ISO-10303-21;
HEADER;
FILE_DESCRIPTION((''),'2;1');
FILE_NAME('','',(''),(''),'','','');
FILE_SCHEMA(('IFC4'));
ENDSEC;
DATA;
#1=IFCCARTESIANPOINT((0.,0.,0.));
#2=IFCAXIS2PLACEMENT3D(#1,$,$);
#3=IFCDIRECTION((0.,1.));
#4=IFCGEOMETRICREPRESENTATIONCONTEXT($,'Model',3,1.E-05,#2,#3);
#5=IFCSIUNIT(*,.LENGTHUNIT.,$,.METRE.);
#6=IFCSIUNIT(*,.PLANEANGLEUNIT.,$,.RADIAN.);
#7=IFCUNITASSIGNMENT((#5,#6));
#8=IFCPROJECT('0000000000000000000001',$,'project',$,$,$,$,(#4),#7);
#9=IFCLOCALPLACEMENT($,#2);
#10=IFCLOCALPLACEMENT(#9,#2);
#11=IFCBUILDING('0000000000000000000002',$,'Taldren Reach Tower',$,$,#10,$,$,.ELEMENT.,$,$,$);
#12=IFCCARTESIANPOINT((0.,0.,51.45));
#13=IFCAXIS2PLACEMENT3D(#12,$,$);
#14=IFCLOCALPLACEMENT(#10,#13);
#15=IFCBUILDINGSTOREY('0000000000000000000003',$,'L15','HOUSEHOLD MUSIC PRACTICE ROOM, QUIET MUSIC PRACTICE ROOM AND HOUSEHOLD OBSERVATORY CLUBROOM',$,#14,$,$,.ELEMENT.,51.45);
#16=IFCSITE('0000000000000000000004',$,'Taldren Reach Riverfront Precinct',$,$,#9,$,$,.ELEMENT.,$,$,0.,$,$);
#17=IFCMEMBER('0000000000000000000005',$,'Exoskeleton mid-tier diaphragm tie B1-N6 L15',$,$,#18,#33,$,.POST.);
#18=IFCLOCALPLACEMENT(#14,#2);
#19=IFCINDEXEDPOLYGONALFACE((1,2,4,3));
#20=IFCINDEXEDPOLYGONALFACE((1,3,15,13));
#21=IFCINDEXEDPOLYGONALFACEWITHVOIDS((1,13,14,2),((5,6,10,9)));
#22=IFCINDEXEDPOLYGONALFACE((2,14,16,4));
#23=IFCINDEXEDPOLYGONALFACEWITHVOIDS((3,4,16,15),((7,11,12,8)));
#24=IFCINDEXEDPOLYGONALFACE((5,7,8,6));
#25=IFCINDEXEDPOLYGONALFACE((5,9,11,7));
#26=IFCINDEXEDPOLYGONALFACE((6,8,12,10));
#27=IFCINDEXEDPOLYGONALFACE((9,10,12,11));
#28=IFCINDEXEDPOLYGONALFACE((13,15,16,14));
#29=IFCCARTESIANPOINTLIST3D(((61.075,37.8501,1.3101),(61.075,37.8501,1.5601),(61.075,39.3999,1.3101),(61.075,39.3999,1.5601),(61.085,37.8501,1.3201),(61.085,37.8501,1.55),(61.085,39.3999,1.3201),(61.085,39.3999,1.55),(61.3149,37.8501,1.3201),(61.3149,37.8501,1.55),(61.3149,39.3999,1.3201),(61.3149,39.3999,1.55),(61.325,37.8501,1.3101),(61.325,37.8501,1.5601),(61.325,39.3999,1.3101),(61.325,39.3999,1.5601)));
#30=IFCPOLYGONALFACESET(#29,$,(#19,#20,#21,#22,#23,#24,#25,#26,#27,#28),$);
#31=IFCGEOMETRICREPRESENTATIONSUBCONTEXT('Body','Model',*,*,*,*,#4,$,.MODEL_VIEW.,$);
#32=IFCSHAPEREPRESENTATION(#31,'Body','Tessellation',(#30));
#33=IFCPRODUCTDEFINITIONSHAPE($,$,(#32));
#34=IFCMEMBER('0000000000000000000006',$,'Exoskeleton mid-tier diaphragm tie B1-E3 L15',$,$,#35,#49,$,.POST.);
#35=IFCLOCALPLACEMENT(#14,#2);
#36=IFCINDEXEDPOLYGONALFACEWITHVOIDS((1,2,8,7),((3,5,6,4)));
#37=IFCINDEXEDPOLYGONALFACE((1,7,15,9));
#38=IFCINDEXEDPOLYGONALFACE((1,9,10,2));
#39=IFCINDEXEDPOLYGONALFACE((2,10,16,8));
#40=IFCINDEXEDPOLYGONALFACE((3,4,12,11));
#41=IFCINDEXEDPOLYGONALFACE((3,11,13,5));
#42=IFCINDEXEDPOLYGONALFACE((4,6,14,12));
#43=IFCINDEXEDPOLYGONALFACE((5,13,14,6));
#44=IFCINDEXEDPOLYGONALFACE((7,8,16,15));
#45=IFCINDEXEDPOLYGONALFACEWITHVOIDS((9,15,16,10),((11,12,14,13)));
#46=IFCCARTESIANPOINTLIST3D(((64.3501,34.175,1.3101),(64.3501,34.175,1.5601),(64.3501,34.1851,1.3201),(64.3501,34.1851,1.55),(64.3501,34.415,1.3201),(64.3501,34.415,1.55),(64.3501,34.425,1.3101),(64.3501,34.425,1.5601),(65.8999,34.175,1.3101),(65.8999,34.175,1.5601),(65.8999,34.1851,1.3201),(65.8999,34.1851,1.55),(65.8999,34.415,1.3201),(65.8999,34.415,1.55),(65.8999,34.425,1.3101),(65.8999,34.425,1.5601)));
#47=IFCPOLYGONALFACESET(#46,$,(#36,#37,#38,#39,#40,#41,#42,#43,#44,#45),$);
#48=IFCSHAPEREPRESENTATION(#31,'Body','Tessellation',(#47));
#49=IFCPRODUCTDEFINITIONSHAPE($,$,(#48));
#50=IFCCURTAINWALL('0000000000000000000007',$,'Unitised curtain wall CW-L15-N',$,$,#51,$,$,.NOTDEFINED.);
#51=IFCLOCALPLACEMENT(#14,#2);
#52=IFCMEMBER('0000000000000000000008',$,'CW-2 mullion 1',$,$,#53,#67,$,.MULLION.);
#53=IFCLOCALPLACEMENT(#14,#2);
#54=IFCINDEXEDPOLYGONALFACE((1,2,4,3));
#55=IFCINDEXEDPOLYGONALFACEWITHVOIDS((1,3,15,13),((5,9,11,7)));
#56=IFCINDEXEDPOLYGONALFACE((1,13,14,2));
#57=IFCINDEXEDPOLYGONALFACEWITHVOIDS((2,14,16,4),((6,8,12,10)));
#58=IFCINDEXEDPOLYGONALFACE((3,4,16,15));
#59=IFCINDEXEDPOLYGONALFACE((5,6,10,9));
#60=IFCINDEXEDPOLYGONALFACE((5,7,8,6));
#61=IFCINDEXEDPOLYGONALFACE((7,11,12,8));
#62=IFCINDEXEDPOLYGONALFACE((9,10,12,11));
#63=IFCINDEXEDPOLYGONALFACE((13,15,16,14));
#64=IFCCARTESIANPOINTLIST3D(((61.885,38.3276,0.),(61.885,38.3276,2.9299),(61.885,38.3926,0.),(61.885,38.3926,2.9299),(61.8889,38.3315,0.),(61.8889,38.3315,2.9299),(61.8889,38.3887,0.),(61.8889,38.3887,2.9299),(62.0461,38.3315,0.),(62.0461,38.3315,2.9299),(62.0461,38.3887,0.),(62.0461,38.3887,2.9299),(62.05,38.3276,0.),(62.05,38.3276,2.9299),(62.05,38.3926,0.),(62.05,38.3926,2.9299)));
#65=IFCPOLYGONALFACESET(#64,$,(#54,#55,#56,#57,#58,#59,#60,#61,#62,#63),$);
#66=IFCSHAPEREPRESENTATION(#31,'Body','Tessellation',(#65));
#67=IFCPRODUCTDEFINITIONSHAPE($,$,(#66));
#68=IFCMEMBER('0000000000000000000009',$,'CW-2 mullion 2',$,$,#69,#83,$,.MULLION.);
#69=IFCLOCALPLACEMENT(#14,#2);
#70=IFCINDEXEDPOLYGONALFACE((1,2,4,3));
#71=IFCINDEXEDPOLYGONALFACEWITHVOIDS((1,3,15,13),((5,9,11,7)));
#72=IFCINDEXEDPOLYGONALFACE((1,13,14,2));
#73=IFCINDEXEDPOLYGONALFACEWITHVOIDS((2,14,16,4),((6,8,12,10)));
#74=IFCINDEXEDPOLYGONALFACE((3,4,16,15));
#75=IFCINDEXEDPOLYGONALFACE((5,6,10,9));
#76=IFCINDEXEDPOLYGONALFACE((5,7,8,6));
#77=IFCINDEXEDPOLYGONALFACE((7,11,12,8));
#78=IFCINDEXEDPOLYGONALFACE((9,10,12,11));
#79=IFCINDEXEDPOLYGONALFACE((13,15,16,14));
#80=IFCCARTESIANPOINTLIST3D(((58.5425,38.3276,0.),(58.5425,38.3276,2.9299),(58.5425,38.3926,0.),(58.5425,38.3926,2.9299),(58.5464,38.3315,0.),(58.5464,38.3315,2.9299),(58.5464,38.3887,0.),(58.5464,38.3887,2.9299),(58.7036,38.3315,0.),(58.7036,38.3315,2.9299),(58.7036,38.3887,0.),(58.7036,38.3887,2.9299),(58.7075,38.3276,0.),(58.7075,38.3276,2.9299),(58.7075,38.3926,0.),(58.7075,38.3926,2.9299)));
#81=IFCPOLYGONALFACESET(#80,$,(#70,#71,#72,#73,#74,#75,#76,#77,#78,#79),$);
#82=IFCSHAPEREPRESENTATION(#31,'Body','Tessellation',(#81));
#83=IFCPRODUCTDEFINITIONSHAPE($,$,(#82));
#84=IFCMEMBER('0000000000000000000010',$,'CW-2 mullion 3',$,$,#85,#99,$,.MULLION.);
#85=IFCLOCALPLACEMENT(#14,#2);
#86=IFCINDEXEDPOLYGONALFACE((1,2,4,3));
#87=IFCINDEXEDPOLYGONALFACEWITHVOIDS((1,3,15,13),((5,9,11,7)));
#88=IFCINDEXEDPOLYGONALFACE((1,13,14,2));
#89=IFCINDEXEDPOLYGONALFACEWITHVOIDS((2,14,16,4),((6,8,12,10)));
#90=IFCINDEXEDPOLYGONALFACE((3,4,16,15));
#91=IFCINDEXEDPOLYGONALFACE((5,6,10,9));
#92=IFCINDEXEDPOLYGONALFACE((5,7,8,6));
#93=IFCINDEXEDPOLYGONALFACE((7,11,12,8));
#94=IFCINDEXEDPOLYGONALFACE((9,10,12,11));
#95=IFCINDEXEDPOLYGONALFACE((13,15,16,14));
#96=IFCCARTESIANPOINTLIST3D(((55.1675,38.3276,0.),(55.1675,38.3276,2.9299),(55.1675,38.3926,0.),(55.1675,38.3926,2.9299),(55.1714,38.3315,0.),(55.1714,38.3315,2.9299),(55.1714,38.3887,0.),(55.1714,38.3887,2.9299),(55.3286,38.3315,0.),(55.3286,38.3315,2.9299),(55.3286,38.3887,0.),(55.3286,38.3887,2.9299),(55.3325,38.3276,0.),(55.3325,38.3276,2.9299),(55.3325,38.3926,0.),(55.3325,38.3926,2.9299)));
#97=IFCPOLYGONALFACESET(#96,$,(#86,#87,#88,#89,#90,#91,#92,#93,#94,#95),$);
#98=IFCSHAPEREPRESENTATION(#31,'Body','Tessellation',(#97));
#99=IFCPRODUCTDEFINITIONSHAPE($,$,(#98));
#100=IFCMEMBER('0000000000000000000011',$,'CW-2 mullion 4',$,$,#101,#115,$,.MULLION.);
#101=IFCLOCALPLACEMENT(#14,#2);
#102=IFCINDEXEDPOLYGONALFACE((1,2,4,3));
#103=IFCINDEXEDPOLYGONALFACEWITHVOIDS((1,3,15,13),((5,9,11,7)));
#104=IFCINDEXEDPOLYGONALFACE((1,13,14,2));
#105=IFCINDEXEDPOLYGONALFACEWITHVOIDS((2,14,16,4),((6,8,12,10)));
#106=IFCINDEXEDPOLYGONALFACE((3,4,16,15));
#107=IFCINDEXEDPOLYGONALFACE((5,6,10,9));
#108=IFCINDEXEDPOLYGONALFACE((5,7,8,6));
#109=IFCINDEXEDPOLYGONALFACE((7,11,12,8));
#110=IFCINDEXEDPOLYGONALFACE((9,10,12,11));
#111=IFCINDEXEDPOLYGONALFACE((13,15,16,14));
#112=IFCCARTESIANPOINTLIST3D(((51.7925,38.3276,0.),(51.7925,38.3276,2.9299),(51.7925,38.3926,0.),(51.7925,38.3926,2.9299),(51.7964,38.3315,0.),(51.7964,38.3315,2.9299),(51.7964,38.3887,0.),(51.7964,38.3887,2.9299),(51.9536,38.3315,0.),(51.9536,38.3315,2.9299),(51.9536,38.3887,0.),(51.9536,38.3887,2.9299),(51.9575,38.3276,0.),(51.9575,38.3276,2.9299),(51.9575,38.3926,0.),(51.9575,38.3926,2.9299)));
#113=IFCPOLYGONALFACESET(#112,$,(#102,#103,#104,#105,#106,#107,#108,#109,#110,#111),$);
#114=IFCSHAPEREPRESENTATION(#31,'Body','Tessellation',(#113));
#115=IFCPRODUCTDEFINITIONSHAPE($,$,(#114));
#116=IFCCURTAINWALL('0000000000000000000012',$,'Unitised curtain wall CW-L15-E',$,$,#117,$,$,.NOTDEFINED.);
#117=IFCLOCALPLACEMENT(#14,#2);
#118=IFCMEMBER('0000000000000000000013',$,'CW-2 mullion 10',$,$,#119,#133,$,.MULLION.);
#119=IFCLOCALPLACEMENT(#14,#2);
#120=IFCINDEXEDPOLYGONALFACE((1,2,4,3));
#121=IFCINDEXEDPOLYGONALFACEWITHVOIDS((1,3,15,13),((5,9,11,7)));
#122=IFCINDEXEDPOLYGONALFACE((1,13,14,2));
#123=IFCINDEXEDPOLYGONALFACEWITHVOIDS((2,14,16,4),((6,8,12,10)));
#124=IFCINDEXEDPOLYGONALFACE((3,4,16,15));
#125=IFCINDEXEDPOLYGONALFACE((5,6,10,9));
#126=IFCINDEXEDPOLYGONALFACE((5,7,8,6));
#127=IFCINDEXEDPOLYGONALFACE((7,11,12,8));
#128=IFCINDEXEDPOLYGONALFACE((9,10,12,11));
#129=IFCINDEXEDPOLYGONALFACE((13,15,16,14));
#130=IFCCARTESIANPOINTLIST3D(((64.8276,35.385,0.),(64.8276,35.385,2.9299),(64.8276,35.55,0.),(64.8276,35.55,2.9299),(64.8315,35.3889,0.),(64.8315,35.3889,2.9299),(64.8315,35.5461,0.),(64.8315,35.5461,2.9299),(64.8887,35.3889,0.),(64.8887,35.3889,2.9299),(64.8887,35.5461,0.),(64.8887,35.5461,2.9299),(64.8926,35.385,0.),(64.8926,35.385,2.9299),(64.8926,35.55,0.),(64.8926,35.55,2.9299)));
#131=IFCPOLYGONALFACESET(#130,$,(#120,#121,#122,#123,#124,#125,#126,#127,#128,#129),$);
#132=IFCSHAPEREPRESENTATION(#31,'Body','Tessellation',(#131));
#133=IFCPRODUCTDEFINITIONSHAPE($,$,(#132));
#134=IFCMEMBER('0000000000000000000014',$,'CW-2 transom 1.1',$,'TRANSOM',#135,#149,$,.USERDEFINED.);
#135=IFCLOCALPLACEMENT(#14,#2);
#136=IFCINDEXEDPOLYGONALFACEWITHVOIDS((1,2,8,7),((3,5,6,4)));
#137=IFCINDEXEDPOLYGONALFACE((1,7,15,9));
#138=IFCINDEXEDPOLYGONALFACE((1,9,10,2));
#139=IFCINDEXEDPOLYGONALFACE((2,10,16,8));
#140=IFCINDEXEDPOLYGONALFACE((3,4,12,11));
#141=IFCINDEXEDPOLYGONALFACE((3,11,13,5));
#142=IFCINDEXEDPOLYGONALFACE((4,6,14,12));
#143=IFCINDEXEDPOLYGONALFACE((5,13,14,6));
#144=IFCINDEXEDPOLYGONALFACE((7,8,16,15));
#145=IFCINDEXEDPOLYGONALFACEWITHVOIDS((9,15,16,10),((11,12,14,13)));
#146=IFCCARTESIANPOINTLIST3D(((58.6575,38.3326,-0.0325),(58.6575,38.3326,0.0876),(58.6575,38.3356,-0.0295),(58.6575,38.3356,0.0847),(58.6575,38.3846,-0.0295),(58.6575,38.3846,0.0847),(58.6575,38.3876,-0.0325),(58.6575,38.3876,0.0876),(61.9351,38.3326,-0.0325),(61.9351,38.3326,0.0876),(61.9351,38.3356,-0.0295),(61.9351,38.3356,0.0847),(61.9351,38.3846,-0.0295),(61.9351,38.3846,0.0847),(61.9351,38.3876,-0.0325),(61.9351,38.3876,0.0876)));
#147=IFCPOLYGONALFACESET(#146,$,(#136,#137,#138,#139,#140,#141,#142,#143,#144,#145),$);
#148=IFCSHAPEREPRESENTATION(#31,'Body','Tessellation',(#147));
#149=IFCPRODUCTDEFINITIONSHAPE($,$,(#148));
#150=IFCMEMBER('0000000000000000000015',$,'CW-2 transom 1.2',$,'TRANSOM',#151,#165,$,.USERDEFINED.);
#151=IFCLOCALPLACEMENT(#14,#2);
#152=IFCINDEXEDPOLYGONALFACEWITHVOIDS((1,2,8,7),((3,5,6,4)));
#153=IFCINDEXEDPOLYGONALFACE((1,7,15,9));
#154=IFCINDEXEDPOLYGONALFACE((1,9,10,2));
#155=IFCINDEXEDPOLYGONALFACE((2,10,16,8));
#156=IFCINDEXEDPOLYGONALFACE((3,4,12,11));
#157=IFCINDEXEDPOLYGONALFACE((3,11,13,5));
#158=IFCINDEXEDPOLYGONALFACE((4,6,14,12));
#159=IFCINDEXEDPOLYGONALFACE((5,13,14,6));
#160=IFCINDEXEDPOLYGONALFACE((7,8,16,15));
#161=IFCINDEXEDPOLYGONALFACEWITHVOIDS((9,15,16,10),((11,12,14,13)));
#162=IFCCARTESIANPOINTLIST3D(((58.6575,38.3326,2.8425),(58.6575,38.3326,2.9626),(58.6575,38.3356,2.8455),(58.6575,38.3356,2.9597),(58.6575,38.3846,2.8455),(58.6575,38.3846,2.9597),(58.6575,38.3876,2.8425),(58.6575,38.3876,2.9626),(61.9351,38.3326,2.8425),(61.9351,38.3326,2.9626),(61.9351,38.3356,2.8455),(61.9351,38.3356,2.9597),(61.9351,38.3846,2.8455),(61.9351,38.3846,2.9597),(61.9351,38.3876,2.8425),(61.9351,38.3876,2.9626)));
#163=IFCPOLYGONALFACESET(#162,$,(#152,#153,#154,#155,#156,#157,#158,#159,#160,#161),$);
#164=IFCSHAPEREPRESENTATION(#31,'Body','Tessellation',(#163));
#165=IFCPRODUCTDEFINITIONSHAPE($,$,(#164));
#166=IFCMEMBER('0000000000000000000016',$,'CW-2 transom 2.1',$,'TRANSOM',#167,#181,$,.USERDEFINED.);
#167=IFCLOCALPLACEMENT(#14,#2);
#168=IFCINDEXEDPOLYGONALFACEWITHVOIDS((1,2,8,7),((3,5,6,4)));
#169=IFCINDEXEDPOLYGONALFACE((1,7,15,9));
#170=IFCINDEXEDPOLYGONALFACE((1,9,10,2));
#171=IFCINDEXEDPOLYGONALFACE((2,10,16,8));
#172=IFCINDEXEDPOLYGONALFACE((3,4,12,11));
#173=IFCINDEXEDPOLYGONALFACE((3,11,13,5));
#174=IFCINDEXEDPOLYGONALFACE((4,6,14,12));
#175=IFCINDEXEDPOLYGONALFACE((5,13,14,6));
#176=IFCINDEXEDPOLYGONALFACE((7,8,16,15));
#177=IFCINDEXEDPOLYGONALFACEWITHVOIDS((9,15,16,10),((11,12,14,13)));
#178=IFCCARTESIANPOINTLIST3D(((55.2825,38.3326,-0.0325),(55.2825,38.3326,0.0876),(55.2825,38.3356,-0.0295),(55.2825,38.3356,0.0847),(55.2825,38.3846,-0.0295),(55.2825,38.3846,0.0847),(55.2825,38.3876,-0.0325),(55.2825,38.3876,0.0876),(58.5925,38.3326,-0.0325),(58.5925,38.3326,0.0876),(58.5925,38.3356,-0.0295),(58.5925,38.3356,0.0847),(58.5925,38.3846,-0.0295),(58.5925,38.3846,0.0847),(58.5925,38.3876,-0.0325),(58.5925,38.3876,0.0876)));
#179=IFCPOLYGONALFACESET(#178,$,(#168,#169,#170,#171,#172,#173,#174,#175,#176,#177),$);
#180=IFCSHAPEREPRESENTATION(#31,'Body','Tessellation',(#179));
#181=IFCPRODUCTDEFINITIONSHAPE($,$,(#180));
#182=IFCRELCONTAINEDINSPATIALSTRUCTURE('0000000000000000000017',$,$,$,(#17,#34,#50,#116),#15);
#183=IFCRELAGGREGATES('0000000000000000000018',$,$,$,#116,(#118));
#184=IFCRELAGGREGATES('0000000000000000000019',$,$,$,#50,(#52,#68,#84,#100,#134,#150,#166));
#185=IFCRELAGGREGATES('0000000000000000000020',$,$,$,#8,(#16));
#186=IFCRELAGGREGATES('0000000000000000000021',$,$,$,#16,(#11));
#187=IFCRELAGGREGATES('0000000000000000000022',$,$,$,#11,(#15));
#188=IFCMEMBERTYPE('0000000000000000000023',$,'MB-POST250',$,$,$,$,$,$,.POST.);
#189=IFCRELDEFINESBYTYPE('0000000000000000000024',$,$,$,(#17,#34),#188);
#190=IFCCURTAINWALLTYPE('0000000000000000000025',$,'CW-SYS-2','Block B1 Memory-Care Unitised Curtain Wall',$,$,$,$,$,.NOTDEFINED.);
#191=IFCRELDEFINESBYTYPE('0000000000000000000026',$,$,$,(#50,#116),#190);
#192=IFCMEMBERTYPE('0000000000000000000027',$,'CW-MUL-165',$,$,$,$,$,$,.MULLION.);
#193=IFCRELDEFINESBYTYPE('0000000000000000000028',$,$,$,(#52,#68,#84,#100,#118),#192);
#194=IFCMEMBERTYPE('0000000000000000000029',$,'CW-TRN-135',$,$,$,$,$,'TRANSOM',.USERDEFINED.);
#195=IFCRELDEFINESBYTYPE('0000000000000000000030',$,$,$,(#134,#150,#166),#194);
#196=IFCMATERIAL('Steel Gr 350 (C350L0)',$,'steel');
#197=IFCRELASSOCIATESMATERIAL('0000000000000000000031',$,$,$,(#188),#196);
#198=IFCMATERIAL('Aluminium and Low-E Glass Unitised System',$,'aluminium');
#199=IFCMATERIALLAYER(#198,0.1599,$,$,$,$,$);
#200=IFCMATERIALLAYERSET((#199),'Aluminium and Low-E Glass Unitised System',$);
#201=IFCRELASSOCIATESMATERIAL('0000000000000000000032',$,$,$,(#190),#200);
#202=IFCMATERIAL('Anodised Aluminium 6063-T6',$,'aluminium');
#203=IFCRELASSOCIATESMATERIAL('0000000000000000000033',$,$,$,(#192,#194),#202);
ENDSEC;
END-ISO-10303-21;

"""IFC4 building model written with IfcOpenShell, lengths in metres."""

from ifc_helpers import new_model, si_unit, direction, frame, origin, origin_2d, place, context, subcontext, project, spatial, hollow_rectangle, extrude, source, transform, mapped, material, layer, layer_set, material_profile, profile_set, type_object, element, aggregate, save


model = new_model("IFC4")

# Units and contexts
model_context = context("Model", 3, precision=1e-05, world=origin(), true_north=direction((0.0, 1.0)))
body_context = subcontext(model_context, "Body", "Model", "MODEL_VIEW")
ifc_project = project(units=[si_unit("LENGTHUNIT", "METRE"), si_unit("PLANEANGLEUNIT", "RADIAN")], contexts=[model_context])

# Site, building, storey
site_placement = place(None, origin())
site = spatial("IfcSite", under=ifc_project, at=site_placement, Name="Taldren Reach Riverfront Precinct", CompositionType="ELEMENT", RefElevation=0.0)
building_placement = place(site_placement, origin())
building = spatial("IfcBuilding", under=site, at=building_placement, Name="Taldren Reach Tower", CompositionType="ELEMENT")
storey_placement = place(building_placement, frame((0.0, 0.0, 51.45)))
storey = spatial("IfcBuildingStorey", under=building, at=storey_placement, Name="L15", Description="HOUSEHOLD MUSIC PRACTICE ROOM, QUIET MUSIC PRACTICE ROOM AND HOUSEHOLD OBSERVATORY CLUBROOM", CompositionType="ELEMENT", Elevation=51.45)

# Members
ifc_material_1 = material(Name="Steel Gr 350 (C350L0)", Category="steel")
ifc_material_profile_1 = material_profile(ifc_material_1, hollow_rectangle(XDim=0.25, YDim=0.25, WallThickness=0.01, at=origin_2d()), Name="250x250x10.0SHS")
ifc_profile_set_1 = profile_set([ifc_material_profile_1], Name="Steel Gr 350 (C350L0)")
member_type_1 = type_object("IfcMemberType", Name="MB-POST250", PredefinedType="POST", material=ifc_profile_set_1)
shared_shape_1 = source(origin(), body_context, "Body", "SweptSolid", [
    extrude(hollow_rectangle(XDim=0.25, YDim=0.25, WallThickness=0.01, at=origin_2d()), origin(), (0.0, 0.0, 1.0), 1.5498),
])
for number, where, z_axis, x_axis, name in (
    (1, (61.2, 37.8501, 1.4351), (0.0, 1.0, 0.0), (-1.0, 0.0, 0.0), "Exoskeleton mid-tier diaphragm tie B1-N6 L15"),
    (2, (64.3501, 34.3, 1.4351), (1.0, 0.0, 0.0), (0.0, 1.0, 0.0), "Exoskeleton mid-tier diaphragm tie B1-E3 L15"),
):
    element("IfcMember", number, at=place(storey_placement, frame(where, z_axis=z_axis, x_axis=x_axis)), inside=storey, type_object=member_type_1, Name=name, PredefinedType="POST", context=body_context, shape_type="MappedRepresentation", body=[
        mapped(shared_shape_1, transform((0.0, 0.0, 0.0), scale=1.0)),
    ])

# Curtain wall, members
ifc_material_2 = material(Name="Aluminium and Low-E Glass Unitised System", Category="aluminium")
ifc_layer_1 = layer(ifc_material_2, 0.1599)
ifc_layer_set_1 = layer_set([ifc_layer_1], Name="Aluminium and Low-E Glass Unitised System")
curtain_wall_type = type_object("IfcCurtainWallType", Name="CW-SYS-2", Description="Block B1 Memory-Care Unitised Curtain Wall", PredefinedType="NOTDEFINED", material=ifc_layer_set_1)
curtain_wall_1_placement = place(storey_placement, origin())
curtain_wall_1 = element("IfcCurtainWall", 3, at=curtain_wall_1_placement, inside=storey, type_object=curtain_wall_type, Name="Unitised curtain wall CW-L15-N", PredefinedType="NOTDEFINED")
ifc_material_3 = material(Name="Anodised Aluminium 6063-T6", Category="aluminium")
ifc_material_profile_2 = material_profile(ifc_material_3, hollow_rectangle(XDim=0.0649, YDim=0.165, WallThickness=0.0039, at=origin_2d()), Name="ALU-165x65x4RHS")
ifc_profile_set_2 = profile_set([ifc_material_profile_2], Name="Anodised Aluminium 6063-T6")
member_type_2 = type_object("IfcMemberType", Name="CW-MUL-165", PredefinedType="MULLION", material=ifc_profile_set_2)
shared_shape_2 = source(origin(), body_context, "Body", "SweptSolid", [
    extrude(hollow_rectangle(XDim=0.0649, YDim=0.165, WallThickness=0.0039, at=origin_2d()), origin(), (0.0, 0.0, 1.0), 2.9299),
])
member_1_placement = place(storey_placement, frame((61.9675, 38.3601, 0.0), z_axis=(0.0, 0.0, 1.0), x_axis=(0.0, -1.0, 0.0)))
member_1 = element("IfcMember", 4, at=member_1_placement, type_object=member_type_2, Name="CW-2 mullion 1", PredefinedType="MULLION", context=body_context, shape_type="MappedRepresentation", body=[
    mapped(shared_shape_2, transform((0.0, 0.0, 0.0), scale=1.0)),
])
member_2_placement = place(storey_placement, frame((58.625, 38.3601, 0.0), z_axis=(0.0, 0.0, 1.0), x_axis=(0.0, -1.0, 0.0)))
member_2 = element("IfcMember", 5, at=member_2_placement, type_object=member_type_2, Name="CW-2 mullion 2", PredefinedType="MULLION", context=body_context, shape_type="MappedRepresentation", body=[
    mapped(shared_shape_2, transform((0.0, 0.0, 0.0), scale=1.0)),
])
member_3_placement = place(storey_placement, frame((55.25, 38.3601, 0.0), z_axis=(0.0, 0.0, 1.0), x_axis=(0.0, -1.0, 0.0)))
member_3 = element("IfcMember", 6, at=member_3_placement, type_object=member_type_2, Name="CW-2 mullion 3", PredefinedType="MULLION", context=body_context, shape_type="MappedRepresentation", body=[
    mapped(shared_shape_2, transform((0.0, 0.0, 0.0), scale=1.0)),
])
member_4_placement = place(storey_placement, frame((51.875, 38.3601, 0.0), z_axis=(0.0, 0.0, 1.0), x_axis=(0.0, -1.0, 0.0)))
member_4 = element("IfcMember", 7, at=member_4_placement, type_object=member_type_2, Name="CW-2 mullion 4", PredefinedType="MULLION", context=body_context, shape_type="MappedRepresentation", body=[
    mapped(shared_shape_2, transform((0.0, 0.0, 0.0), scale=1.0)),
])

# Curtain wall, member
curtain_wall_2_placement = place(storey_placement, origin())
curtain_wall_2 = element("IfcCurtainWall", 8, at=curtain_wall_2_placement, inside=storey, type_object=curtain_wall_type, Name="Unitised curtain wall CW-L15-E", PredefinedType="NOTDEFINED")
member_5_placement = place(storey_placement, frame((64.8601, 35.4675, 0.0), z_axis=(0.0, 0.0, 1.0), x_axis=(-1.0, 0.0, 0.0)))
member_5 = element("IfcMember", 9, at=member_5_placement, type_object=member_type_2, Name="CW-2 mullion 10", PredefinedType="MULLION", context=body_context, shape_type="MappedRepresentation", body=[
    mapped(shared_shape_2, transform((0.0, 0.0, 0.0), scale=1.0)),
])
aggregate(curtain_wall_2, [member_5])

# Members
ifc_material_profile_3 = material_profile(ifc_material_3, hollow_rectangle(XDim=0.0549, YDim=0.1201, WallThickness=0.0029, at=origin_2d()), Name="ALU-120x55x3RHS")
ifc_profile_set_3 = profile_set([ifc_material_profile_3], Name="Anodised Aluminium 6063-T6")
member_type_3 = type_object("IfcMemberType", Name="CW-TRN-135", ElementType="TRANSOM", PredefinedType="USERDEFINED", material=ifc_profile_set_3)
shared_shape_3 = source(origin(), body_context, "Body", "SweptSolid", [
    extrude(hollow_rectangle(XDim=0.0549, YDim=0.1201, WallThickness=0.0029, at=origin_2d()), origin(), (0.0, 0.0, 1.0), 3.2776),
])
member_6_placement = place(storey_placement, frame((61.9351, 38.3601, 0.0276), z_axis=(-1.0, 0.0, 0.0), x_axis=(0.0, -1.0, 0.0)))
member_6 = element("IfcMember", 10, at=member_6_placement, type_object=member_type_3, Name="CW-2 transom 1.1", ObjectType="TRANSOM", PredefinedType="USERDEFINED", context=body_context, shape_type="MappedRepresentation", body=[
    mapped(shared_shape_3, transform((0.0, 0.0, 0.0), scale=1.0)),
])
member_7_placement = place(storey_placement, frame((61.9351, 38.3601, 2.9026), z_axis=(-1.0, 0.0, 0.0), x_axis=(0.0, -1.0, 0.0)))
member_7 = element("IfcMember", 11, at=member_7_placement, type_object=member_type_3, Name="CW-2 transom 1.2", ObjectType="TRANSOM", PredefinedType="USERDEFINED", context=body_context, shape_type="MappedRepresentation", body=[
    mapped(shared_shape_3, transform((0.0, 0.0, 0.0), scale=1.0)),
])
shared_shape_4 = source(origin(), body_context, "Body", "SweptSolid", [
    extrude(hollow_rectangle(XDim=0.0549, YDim=0.1201, WallThickness=0.0029, at=origin_2d()), origin(), (0.0, 0.0, 1.0), 3.3101),
])
member_8_placement = place(storey_placement, frame((58.5925, 38.3601, 0.0276), z_axis=(-1.0, 0.0, 0.0), x_axis=(0.0, -1.0, 0.0)))
member_8 = element("IfcMember", 12, at=member_8_placement, type_object=member_type_3, Name="CW-2 transom 2.1", ObjectType="TRANSOM", PredefinedType="USERDEFINED", context=body_context, shape_type="MappedRepresentation", body=[
    mapped(shared_shape_4, transform((0.0, 0.0, 0.0), scale=1.0)),
])

aggregate(curtain_wall_1, [member_1, member_2, member_3, member_4, member_6, member_7, member_8])

save(model, "model.ifc")
